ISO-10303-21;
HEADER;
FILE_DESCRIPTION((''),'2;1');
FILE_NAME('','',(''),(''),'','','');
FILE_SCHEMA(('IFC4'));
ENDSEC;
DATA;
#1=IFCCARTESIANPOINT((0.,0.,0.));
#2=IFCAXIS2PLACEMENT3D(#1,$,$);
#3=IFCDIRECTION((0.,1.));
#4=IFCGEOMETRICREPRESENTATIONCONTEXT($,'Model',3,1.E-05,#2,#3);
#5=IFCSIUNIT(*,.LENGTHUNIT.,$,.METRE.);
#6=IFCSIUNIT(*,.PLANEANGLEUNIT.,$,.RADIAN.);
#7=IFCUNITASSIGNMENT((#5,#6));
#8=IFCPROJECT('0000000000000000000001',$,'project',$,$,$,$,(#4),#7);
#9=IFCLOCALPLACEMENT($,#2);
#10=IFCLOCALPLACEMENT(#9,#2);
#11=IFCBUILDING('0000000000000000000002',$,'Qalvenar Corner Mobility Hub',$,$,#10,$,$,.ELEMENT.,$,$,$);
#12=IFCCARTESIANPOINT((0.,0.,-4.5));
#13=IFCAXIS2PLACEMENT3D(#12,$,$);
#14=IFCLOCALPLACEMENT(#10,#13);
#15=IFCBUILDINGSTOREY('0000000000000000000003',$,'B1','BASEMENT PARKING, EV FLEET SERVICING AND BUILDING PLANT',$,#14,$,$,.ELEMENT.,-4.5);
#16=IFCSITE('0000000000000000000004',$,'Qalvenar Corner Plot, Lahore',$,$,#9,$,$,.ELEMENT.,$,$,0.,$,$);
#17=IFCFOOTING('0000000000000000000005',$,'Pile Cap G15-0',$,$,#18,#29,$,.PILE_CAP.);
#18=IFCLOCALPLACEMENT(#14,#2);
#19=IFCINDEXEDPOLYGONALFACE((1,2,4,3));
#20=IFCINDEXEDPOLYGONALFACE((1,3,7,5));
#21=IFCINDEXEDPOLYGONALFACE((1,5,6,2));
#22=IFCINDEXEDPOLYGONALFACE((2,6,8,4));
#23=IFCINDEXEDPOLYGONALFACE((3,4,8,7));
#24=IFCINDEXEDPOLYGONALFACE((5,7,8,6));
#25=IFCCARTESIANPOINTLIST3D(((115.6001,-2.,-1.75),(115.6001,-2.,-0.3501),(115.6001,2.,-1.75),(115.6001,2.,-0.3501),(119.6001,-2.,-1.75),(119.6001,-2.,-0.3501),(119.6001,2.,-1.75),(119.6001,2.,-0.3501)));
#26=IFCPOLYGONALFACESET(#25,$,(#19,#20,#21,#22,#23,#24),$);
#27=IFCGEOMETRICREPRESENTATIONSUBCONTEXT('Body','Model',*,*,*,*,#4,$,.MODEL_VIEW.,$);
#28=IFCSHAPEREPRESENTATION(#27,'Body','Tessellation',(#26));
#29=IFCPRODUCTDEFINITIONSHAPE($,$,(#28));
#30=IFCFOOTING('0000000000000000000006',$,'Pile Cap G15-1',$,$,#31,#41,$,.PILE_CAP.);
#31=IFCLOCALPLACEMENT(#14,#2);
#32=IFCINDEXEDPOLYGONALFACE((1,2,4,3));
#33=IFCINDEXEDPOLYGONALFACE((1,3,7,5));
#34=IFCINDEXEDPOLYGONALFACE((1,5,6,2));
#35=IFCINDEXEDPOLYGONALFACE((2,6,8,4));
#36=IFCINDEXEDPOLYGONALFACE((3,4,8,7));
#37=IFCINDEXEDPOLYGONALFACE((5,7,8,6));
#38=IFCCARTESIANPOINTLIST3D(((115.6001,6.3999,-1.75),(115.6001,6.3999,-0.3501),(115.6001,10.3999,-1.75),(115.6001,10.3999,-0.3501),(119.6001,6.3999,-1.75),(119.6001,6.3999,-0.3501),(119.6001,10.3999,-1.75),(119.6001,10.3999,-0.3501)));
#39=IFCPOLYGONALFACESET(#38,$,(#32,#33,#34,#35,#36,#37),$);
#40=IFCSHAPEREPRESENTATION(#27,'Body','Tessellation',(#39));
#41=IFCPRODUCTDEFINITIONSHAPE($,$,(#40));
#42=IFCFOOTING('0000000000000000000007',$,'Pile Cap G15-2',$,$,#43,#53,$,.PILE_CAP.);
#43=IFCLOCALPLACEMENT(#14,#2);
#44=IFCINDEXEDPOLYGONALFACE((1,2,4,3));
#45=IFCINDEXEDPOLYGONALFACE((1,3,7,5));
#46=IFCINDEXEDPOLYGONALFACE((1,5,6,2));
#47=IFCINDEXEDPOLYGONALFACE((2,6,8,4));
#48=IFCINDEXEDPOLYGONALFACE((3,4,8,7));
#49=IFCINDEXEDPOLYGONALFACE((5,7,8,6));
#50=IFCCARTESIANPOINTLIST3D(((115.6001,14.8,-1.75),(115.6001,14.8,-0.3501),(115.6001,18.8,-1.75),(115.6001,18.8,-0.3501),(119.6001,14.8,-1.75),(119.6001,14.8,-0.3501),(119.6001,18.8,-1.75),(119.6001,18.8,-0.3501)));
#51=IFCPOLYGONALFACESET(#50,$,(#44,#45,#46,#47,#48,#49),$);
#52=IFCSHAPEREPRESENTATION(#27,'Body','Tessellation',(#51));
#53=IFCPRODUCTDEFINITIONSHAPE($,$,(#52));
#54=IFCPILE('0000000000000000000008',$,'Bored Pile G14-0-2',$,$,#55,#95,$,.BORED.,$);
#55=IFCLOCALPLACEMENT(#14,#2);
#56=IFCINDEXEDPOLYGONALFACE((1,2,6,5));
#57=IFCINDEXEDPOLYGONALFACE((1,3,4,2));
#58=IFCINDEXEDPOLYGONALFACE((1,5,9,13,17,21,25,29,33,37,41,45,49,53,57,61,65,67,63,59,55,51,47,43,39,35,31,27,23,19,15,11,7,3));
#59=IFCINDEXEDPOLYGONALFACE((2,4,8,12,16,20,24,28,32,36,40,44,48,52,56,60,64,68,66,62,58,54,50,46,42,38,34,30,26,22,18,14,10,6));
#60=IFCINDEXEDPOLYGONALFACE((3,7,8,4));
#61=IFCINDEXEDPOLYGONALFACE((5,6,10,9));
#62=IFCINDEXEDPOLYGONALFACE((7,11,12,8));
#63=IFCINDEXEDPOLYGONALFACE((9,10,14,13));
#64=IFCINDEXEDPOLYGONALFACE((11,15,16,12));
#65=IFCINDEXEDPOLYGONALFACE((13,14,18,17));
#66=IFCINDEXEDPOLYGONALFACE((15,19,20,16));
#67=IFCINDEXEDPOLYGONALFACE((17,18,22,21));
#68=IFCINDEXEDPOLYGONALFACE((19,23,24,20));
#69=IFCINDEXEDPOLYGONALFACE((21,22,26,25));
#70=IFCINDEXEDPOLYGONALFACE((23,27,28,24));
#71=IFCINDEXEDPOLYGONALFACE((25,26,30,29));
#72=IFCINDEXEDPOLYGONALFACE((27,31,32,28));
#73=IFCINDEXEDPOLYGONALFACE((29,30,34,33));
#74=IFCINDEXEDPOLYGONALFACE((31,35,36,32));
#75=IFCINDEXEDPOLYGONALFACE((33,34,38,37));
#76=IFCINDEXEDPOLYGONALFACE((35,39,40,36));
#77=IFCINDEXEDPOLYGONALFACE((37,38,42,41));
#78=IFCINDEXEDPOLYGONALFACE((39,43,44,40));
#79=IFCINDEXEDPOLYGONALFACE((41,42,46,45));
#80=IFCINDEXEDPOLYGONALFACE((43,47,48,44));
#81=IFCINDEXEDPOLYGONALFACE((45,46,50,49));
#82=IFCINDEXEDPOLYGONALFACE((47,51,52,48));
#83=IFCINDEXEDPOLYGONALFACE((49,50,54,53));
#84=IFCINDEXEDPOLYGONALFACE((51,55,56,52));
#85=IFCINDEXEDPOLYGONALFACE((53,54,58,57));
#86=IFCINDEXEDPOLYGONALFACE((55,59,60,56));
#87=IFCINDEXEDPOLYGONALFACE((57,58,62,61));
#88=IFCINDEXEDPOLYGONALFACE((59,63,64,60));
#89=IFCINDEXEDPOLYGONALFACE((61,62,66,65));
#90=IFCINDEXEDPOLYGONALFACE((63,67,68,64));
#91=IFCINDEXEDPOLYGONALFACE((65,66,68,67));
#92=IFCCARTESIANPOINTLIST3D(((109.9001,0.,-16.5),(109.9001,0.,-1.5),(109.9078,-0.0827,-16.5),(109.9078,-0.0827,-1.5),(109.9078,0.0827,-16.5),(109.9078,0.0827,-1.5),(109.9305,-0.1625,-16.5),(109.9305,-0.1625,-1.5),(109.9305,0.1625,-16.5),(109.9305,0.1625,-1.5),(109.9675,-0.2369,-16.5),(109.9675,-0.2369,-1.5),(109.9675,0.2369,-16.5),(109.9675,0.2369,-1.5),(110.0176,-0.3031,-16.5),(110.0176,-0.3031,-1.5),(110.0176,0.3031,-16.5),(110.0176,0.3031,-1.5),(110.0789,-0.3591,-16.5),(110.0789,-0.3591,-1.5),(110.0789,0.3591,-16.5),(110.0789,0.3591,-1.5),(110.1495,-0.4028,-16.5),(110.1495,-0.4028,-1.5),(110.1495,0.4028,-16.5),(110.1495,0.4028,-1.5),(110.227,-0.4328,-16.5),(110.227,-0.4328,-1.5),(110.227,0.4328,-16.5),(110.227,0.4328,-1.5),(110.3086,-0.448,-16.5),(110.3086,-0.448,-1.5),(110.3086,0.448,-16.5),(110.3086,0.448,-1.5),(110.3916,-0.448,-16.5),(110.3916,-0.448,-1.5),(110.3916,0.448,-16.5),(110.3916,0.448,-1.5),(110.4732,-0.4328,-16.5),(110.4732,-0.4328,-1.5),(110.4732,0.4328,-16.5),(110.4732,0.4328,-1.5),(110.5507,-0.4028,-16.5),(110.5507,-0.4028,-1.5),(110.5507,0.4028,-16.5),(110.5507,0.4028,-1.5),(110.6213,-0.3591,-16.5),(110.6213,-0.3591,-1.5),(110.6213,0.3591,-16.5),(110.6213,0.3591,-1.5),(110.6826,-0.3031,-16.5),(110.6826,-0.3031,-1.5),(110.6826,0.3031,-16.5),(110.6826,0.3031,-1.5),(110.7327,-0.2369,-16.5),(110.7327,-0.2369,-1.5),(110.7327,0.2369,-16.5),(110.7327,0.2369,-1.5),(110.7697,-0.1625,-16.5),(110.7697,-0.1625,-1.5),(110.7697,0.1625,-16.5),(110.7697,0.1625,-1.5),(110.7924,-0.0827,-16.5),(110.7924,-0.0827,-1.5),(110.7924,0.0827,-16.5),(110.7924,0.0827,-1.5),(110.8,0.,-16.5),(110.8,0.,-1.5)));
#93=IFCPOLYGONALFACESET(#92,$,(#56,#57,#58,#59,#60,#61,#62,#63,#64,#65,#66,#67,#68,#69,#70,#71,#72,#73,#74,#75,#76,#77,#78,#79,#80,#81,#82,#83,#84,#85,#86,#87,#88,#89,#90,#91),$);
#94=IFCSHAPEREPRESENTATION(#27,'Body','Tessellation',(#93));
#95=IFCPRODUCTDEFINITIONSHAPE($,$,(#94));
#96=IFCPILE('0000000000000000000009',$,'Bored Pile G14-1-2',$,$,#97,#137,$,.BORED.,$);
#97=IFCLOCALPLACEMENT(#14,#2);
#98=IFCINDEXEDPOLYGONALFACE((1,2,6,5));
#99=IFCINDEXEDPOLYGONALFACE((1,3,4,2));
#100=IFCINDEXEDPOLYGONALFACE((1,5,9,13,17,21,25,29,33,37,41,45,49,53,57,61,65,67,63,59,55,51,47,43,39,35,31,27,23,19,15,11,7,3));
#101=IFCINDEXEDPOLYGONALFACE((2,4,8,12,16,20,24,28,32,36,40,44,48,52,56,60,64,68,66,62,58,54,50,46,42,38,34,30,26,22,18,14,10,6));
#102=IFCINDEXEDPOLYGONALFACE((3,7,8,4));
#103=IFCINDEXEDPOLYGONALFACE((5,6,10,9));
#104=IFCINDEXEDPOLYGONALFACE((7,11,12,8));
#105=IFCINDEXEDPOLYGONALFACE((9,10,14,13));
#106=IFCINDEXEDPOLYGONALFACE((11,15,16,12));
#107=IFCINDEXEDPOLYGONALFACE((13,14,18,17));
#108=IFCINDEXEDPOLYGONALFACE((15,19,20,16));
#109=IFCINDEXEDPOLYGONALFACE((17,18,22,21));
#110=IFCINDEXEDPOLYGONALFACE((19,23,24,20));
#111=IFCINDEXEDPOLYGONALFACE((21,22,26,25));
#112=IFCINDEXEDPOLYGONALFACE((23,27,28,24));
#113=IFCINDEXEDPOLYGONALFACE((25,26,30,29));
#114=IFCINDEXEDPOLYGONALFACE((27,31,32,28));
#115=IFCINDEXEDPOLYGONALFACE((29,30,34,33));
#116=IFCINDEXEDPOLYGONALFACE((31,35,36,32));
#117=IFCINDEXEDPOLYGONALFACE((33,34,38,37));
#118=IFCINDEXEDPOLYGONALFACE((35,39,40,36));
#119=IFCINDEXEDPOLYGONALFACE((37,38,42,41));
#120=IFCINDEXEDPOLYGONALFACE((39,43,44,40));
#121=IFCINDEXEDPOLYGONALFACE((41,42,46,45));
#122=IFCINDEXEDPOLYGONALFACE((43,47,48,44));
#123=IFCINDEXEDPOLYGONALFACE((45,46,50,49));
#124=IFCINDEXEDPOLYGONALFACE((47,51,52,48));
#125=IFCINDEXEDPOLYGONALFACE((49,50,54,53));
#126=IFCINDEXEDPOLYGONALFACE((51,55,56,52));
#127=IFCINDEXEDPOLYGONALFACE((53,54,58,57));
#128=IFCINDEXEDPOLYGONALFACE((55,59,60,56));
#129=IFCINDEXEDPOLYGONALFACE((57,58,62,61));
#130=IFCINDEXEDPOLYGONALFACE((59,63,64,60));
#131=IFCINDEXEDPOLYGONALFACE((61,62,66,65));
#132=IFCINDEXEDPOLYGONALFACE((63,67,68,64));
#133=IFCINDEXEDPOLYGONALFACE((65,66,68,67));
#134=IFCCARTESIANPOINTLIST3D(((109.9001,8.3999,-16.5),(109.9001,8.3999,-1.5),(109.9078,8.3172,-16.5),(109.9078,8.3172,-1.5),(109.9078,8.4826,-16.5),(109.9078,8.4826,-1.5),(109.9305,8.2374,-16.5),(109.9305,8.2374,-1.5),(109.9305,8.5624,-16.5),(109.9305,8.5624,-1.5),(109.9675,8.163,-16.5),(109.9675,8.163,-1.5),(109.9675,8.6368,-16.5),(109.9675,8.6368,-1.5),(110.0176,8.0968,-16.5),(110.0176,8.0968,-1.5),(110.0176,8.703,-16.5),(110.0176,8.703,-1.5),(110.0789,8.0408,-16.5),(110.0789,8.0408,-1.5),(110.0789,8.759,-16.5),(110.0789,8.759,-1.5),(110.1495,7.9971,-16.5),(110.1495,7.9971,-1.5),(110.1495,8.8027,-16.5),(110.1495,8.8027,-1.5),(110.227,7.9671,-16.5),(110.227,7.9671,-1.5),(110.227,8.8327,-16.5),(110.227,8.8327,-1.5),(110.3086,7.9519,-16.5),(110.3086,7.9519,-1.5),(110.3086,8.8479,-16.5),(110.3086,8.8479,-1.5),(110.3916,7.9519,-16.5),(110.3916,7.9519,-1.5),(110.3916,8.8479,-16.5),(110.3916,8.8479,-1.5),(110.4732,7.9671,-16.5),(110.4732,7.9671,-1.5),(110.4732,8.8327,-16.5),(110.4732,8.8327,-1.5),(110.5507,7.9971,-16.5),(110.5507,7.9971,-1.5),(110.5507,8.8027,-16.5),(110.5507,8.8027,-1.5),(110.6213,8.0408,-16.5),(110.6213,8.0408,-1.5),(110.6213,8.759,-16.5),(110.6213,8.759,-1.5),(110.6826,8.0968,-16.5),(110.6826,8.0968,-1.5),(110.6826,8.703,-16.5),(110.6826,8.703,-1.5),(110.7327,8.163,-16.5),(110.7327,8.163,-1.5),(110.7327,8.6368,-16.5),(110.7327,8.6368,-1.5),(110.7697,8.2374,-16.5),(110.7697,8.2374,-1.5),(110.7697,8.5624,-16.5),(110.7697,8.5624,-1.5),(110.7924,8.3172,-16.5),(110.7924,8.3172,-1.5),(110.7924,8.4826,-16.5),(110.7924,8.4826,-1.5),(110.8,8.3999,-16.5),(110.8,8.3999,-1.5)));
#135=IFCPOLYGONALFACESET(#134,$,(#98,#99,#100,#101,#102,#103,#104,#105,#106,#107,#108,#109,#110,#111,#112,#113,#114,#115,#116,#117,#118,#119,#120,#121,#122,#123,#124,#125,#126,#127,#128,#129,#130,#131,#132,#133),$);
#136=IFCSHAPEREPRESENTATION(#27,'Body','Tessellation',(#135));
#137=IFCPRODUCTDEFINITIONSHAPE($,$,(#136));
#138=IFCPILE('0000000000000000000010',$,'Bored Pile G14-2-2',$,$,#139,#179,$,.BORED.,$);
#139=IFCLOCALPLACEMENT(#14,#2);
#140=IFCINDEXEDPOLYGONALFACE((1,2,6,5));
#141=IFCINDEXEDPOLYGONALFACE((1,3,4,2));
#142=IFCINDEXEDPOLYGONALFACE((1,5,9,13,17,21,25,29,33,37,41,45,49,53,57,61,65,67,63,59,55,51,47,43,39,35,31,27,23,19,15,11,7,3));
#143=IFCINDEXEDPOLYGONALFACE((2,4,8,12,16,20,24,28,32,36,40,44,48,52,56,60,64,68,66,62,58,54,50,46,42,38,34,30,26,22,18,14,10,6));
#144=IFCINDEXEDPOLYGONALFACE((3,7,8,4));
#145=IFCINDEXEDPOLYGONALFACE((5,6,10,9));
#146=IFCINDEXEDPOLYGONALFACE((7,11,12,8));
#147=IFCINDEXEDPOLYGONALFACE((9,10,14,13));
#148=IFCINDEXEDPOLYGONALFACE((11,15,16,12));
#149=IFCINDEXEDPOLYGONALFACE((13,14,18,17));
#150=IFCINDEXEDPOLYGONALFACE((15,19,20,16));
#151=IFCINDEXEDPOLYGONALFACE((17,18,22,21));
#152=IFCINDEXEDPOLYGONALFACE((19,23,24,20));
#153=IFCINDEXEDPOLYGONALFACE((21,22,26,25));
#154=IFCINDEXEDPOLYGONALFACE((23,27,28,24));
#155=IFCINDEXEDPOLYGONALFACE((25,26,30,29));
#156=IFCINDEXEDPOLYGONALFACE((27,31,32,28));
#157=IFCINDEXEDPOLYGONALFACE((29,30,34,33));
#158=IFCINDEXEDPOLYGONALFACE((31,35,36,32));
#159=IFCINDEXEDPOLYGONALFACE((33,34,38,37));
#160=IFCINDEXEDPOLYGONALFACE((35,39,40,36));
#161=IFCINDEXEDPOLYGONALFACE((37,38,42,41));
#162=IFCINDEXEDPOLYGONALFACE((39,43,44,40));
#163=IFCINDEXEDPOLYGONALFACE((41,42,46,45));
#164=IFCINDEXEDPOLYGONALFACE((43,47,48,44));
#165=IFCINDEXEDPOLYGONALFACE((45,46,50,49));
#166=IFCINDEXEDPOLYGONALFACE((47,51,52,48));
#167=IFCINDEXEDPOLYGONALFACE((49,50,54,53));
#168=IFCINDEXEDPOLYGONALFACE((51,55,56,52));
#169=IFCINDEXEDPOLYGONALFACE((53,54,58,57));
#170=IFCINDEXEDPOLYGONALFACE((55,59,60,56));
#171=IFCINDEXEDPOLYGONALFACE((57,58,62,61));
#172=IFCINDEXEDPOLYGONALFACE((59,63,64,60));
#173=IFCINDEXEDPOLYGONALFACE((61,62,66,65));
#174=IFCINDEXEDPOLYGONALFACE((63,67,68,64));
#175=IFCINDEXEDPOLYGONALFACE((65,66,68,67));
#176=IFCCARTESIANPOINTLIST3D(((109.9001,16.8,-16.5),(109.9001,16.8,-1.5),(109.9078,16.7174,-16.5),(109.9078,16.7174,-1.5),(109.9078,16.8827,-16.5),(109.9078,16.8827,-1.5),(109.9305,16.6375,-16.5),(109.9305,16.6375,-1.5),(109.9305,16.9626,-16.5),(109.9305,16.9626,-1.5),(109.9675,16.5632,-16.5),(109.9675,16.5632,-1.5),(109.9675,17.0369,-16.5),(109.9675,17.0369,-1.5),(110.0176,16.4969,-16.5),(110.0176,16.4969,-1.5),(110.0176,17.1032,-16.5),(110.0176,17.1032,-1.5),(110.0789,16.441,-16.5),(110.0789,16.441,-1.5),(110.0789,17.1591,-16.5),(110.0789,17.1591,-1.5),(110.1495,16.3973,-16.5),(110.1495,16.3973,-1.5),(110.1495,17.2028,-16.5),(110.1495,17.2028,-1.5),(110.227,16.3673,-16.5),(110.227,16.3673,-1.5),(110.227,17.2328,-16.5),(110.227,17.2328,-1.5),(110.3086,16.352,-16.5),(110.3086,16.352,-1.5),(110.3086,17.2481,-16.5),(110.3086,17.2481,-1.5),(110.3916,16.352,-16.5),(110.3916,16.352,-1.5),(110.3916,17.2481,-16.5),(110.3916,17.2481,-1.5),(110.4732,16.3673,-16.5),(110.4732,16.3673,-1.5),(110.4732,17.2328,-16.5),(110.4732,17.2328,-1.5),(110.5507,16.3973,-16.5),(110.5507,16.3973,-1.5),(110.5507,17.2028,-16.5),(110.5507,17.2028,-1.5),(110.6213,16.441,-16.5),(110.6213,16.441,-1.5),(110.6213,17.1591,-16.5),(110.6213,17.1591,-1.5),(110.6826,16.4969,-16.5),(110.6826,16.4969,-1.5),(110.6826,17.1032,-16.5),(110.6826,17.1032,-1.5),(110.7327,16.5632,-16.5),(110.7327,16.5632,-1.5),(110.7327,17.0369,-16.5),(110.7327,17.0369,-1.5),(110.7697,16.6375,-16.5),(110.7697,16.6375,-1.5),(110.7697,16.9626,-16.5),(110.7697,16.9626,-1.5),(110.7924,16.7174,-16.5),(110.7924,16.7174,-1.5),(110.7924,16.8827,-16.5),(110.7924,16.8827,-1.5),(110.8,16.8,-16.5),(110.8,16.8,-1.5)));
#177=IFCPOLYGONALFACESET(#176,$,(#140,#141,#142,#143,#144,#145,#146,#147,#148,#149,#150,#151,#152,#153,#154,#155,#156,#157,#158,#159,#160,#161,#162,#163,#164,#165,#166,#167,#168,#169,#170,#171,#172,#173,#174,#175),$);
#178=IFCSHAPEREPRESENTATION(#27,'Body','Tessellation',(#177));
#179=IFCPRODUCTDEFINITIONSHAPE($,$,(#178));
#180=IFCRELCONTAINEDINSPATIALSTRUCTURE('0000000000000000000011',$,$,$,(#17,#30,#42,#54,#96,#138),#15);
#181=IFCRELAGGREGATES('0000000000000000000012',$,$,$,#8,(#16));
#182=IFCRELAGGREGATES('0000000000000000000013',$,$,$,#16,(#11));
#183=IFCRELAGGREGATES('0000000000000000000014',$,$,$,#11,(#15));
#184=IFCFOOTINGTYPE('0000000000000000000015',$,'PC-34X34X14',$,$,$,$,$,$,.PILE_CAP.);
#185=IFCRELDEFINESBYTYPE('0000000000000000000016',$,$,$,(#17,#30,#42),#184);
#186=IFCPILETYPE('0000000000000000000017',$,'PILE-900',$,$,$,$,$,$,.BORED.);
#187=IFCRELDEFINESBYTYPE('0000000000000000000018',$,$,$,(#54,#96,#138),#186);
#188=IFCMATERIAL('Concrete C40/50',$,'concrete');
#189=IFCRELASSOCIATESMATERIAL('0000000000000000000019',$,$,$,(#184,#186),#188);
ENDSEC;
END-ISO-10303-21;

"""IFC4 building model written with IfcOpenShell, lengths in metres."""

from ifc_helpers import new_model, si_unit, direction, frame, origin, origin_2d, place, context, subcontext, project, spatial, rectangle, circle, extrude, material, material_profile, profile_set, type_object, element, save


model = new_model("IFC4")

# Units and contexts
model_context = context("Model", 3, precision=1e-05, world=origin(), true_north=direction((0.0, 1.0)))
body_context = subcontext(model_context, "Body", "Model", "MODEL_VIEW")
ifc_project = project(units=[si_unit("LENGTHUNIT", "METRE"), si_unit("PLANEANGLEUNIT", "RADIAN")], contexts=[model_context])

# Site, building, storey
site_placement = place(None, origin())
site = spatial("IfcSite", under=ifc_project, at=site_placement, Name="Qalvenar Corner Plot, Lahore", CompositionType="ELEMENT", RefElevation=0.0)
building_placement = place(site_placement, origin())
building = spatial("IfcBuilding", under=site, at=building_placement, Name="Qalvenar Corner Mobility Hub", CompositionType="ELEMENT")
storey_placement = place(building_placement, frame((0.0, 0.0, -4.5)))
storey = spatial("IfcBuildingStorey", under=building, at=storey_placement, Name="B1", Description="BASEMENT PARKING, EV FLEET SERVICING AND BUILDING PLANT", CompositionType="ELEMENT", Elevation=-4.5)

# Footings
ifc_material_1 = material(Name="Concrete C40/50", Category="concrete")
footing_type_1 = type_object("IfcFootingType", Name="PC-34X34X14", PredefinedType="PILE_CAP", material=ifc_material_1)
for number, where, z_axis, x_axis, name in (
    (1, (117.6001, 0.0, -1.75), (0.0, 0.0, 1.0), (1.0, 0.0, 0.0), "Pile Cap G15-0"),
    (2, (117.6001, 8.3999, -1.75), (0.0, 0.0, 1.0), (1.0, 0.0, 0.0), "Pile Cap G15-1"),
    (3, (117.6001, 16.8, -1.75), (0.0, 0.0, 1.0), (1.0, 0.0, 0.0), "Pile Cap G15-2"),
):
    element("IfcFooting", number, at=place(storey_placement, frame(where, z_axis=z_axis, x_axis=x_axis)), inside=storey, type_object=footing_type_1, Name=name, PredefinedType="PILE_CAP", context=body_context, shape_type="SweptSolid", body=[
        extrude(rectangle(XDim=4.0, YDim=4.0, at=origin_2d()), origin(), (0.0, 0.0, 1.0), 1.3999),
    ])

# Piles
ifc_material_profile_1 = material_profile(ifc_material_1, circle(Radius=0.45, at=origin_2d()), Name="DIA900")
ifc_profile_set_1 = profile_set([ifc_material_profile_1], Name="Concrete C40/50")
pile_type = type_object("IfcPileType", Name="PILE-900", PredefinedType="BORED", material=ifc_profile_set_1)
for number, where, z_axis, x_axis, name in (
    (4, (110.3501, 0.0, -1.5), (0.0, 0.0, -1.0), (1.0, 0.0, 0.0), "Bored Pile G14-0-2"),
    (5, (110.3501, 8.3999, -1.5), (0.0, 0.0, -1.0), (1.0, 0.0, 0.0), "Bored Pile G14-1-2"),
    (6, (110.3501, 16.8, -1.5), (0.0, 0.0, -1.0), (1.0, 0.0, 0.0), "Bored Pile G14-2-2"),
):
    element("IfcPile", number, at=place(storey_placement, frame(where, z_axis=z_axis, x_axis=x_axis)), inside=storey, type_object=pile_type, Name=name, PredefinedType="BORED", context=body_context, shape_type="SweptSolid", body=[
        extrude(circle(Radius=0.45, at=origin_2d()), origin(), (0.0, 0.0, 1.0), 15.0),
    ])

save(model, "model.ifc")
